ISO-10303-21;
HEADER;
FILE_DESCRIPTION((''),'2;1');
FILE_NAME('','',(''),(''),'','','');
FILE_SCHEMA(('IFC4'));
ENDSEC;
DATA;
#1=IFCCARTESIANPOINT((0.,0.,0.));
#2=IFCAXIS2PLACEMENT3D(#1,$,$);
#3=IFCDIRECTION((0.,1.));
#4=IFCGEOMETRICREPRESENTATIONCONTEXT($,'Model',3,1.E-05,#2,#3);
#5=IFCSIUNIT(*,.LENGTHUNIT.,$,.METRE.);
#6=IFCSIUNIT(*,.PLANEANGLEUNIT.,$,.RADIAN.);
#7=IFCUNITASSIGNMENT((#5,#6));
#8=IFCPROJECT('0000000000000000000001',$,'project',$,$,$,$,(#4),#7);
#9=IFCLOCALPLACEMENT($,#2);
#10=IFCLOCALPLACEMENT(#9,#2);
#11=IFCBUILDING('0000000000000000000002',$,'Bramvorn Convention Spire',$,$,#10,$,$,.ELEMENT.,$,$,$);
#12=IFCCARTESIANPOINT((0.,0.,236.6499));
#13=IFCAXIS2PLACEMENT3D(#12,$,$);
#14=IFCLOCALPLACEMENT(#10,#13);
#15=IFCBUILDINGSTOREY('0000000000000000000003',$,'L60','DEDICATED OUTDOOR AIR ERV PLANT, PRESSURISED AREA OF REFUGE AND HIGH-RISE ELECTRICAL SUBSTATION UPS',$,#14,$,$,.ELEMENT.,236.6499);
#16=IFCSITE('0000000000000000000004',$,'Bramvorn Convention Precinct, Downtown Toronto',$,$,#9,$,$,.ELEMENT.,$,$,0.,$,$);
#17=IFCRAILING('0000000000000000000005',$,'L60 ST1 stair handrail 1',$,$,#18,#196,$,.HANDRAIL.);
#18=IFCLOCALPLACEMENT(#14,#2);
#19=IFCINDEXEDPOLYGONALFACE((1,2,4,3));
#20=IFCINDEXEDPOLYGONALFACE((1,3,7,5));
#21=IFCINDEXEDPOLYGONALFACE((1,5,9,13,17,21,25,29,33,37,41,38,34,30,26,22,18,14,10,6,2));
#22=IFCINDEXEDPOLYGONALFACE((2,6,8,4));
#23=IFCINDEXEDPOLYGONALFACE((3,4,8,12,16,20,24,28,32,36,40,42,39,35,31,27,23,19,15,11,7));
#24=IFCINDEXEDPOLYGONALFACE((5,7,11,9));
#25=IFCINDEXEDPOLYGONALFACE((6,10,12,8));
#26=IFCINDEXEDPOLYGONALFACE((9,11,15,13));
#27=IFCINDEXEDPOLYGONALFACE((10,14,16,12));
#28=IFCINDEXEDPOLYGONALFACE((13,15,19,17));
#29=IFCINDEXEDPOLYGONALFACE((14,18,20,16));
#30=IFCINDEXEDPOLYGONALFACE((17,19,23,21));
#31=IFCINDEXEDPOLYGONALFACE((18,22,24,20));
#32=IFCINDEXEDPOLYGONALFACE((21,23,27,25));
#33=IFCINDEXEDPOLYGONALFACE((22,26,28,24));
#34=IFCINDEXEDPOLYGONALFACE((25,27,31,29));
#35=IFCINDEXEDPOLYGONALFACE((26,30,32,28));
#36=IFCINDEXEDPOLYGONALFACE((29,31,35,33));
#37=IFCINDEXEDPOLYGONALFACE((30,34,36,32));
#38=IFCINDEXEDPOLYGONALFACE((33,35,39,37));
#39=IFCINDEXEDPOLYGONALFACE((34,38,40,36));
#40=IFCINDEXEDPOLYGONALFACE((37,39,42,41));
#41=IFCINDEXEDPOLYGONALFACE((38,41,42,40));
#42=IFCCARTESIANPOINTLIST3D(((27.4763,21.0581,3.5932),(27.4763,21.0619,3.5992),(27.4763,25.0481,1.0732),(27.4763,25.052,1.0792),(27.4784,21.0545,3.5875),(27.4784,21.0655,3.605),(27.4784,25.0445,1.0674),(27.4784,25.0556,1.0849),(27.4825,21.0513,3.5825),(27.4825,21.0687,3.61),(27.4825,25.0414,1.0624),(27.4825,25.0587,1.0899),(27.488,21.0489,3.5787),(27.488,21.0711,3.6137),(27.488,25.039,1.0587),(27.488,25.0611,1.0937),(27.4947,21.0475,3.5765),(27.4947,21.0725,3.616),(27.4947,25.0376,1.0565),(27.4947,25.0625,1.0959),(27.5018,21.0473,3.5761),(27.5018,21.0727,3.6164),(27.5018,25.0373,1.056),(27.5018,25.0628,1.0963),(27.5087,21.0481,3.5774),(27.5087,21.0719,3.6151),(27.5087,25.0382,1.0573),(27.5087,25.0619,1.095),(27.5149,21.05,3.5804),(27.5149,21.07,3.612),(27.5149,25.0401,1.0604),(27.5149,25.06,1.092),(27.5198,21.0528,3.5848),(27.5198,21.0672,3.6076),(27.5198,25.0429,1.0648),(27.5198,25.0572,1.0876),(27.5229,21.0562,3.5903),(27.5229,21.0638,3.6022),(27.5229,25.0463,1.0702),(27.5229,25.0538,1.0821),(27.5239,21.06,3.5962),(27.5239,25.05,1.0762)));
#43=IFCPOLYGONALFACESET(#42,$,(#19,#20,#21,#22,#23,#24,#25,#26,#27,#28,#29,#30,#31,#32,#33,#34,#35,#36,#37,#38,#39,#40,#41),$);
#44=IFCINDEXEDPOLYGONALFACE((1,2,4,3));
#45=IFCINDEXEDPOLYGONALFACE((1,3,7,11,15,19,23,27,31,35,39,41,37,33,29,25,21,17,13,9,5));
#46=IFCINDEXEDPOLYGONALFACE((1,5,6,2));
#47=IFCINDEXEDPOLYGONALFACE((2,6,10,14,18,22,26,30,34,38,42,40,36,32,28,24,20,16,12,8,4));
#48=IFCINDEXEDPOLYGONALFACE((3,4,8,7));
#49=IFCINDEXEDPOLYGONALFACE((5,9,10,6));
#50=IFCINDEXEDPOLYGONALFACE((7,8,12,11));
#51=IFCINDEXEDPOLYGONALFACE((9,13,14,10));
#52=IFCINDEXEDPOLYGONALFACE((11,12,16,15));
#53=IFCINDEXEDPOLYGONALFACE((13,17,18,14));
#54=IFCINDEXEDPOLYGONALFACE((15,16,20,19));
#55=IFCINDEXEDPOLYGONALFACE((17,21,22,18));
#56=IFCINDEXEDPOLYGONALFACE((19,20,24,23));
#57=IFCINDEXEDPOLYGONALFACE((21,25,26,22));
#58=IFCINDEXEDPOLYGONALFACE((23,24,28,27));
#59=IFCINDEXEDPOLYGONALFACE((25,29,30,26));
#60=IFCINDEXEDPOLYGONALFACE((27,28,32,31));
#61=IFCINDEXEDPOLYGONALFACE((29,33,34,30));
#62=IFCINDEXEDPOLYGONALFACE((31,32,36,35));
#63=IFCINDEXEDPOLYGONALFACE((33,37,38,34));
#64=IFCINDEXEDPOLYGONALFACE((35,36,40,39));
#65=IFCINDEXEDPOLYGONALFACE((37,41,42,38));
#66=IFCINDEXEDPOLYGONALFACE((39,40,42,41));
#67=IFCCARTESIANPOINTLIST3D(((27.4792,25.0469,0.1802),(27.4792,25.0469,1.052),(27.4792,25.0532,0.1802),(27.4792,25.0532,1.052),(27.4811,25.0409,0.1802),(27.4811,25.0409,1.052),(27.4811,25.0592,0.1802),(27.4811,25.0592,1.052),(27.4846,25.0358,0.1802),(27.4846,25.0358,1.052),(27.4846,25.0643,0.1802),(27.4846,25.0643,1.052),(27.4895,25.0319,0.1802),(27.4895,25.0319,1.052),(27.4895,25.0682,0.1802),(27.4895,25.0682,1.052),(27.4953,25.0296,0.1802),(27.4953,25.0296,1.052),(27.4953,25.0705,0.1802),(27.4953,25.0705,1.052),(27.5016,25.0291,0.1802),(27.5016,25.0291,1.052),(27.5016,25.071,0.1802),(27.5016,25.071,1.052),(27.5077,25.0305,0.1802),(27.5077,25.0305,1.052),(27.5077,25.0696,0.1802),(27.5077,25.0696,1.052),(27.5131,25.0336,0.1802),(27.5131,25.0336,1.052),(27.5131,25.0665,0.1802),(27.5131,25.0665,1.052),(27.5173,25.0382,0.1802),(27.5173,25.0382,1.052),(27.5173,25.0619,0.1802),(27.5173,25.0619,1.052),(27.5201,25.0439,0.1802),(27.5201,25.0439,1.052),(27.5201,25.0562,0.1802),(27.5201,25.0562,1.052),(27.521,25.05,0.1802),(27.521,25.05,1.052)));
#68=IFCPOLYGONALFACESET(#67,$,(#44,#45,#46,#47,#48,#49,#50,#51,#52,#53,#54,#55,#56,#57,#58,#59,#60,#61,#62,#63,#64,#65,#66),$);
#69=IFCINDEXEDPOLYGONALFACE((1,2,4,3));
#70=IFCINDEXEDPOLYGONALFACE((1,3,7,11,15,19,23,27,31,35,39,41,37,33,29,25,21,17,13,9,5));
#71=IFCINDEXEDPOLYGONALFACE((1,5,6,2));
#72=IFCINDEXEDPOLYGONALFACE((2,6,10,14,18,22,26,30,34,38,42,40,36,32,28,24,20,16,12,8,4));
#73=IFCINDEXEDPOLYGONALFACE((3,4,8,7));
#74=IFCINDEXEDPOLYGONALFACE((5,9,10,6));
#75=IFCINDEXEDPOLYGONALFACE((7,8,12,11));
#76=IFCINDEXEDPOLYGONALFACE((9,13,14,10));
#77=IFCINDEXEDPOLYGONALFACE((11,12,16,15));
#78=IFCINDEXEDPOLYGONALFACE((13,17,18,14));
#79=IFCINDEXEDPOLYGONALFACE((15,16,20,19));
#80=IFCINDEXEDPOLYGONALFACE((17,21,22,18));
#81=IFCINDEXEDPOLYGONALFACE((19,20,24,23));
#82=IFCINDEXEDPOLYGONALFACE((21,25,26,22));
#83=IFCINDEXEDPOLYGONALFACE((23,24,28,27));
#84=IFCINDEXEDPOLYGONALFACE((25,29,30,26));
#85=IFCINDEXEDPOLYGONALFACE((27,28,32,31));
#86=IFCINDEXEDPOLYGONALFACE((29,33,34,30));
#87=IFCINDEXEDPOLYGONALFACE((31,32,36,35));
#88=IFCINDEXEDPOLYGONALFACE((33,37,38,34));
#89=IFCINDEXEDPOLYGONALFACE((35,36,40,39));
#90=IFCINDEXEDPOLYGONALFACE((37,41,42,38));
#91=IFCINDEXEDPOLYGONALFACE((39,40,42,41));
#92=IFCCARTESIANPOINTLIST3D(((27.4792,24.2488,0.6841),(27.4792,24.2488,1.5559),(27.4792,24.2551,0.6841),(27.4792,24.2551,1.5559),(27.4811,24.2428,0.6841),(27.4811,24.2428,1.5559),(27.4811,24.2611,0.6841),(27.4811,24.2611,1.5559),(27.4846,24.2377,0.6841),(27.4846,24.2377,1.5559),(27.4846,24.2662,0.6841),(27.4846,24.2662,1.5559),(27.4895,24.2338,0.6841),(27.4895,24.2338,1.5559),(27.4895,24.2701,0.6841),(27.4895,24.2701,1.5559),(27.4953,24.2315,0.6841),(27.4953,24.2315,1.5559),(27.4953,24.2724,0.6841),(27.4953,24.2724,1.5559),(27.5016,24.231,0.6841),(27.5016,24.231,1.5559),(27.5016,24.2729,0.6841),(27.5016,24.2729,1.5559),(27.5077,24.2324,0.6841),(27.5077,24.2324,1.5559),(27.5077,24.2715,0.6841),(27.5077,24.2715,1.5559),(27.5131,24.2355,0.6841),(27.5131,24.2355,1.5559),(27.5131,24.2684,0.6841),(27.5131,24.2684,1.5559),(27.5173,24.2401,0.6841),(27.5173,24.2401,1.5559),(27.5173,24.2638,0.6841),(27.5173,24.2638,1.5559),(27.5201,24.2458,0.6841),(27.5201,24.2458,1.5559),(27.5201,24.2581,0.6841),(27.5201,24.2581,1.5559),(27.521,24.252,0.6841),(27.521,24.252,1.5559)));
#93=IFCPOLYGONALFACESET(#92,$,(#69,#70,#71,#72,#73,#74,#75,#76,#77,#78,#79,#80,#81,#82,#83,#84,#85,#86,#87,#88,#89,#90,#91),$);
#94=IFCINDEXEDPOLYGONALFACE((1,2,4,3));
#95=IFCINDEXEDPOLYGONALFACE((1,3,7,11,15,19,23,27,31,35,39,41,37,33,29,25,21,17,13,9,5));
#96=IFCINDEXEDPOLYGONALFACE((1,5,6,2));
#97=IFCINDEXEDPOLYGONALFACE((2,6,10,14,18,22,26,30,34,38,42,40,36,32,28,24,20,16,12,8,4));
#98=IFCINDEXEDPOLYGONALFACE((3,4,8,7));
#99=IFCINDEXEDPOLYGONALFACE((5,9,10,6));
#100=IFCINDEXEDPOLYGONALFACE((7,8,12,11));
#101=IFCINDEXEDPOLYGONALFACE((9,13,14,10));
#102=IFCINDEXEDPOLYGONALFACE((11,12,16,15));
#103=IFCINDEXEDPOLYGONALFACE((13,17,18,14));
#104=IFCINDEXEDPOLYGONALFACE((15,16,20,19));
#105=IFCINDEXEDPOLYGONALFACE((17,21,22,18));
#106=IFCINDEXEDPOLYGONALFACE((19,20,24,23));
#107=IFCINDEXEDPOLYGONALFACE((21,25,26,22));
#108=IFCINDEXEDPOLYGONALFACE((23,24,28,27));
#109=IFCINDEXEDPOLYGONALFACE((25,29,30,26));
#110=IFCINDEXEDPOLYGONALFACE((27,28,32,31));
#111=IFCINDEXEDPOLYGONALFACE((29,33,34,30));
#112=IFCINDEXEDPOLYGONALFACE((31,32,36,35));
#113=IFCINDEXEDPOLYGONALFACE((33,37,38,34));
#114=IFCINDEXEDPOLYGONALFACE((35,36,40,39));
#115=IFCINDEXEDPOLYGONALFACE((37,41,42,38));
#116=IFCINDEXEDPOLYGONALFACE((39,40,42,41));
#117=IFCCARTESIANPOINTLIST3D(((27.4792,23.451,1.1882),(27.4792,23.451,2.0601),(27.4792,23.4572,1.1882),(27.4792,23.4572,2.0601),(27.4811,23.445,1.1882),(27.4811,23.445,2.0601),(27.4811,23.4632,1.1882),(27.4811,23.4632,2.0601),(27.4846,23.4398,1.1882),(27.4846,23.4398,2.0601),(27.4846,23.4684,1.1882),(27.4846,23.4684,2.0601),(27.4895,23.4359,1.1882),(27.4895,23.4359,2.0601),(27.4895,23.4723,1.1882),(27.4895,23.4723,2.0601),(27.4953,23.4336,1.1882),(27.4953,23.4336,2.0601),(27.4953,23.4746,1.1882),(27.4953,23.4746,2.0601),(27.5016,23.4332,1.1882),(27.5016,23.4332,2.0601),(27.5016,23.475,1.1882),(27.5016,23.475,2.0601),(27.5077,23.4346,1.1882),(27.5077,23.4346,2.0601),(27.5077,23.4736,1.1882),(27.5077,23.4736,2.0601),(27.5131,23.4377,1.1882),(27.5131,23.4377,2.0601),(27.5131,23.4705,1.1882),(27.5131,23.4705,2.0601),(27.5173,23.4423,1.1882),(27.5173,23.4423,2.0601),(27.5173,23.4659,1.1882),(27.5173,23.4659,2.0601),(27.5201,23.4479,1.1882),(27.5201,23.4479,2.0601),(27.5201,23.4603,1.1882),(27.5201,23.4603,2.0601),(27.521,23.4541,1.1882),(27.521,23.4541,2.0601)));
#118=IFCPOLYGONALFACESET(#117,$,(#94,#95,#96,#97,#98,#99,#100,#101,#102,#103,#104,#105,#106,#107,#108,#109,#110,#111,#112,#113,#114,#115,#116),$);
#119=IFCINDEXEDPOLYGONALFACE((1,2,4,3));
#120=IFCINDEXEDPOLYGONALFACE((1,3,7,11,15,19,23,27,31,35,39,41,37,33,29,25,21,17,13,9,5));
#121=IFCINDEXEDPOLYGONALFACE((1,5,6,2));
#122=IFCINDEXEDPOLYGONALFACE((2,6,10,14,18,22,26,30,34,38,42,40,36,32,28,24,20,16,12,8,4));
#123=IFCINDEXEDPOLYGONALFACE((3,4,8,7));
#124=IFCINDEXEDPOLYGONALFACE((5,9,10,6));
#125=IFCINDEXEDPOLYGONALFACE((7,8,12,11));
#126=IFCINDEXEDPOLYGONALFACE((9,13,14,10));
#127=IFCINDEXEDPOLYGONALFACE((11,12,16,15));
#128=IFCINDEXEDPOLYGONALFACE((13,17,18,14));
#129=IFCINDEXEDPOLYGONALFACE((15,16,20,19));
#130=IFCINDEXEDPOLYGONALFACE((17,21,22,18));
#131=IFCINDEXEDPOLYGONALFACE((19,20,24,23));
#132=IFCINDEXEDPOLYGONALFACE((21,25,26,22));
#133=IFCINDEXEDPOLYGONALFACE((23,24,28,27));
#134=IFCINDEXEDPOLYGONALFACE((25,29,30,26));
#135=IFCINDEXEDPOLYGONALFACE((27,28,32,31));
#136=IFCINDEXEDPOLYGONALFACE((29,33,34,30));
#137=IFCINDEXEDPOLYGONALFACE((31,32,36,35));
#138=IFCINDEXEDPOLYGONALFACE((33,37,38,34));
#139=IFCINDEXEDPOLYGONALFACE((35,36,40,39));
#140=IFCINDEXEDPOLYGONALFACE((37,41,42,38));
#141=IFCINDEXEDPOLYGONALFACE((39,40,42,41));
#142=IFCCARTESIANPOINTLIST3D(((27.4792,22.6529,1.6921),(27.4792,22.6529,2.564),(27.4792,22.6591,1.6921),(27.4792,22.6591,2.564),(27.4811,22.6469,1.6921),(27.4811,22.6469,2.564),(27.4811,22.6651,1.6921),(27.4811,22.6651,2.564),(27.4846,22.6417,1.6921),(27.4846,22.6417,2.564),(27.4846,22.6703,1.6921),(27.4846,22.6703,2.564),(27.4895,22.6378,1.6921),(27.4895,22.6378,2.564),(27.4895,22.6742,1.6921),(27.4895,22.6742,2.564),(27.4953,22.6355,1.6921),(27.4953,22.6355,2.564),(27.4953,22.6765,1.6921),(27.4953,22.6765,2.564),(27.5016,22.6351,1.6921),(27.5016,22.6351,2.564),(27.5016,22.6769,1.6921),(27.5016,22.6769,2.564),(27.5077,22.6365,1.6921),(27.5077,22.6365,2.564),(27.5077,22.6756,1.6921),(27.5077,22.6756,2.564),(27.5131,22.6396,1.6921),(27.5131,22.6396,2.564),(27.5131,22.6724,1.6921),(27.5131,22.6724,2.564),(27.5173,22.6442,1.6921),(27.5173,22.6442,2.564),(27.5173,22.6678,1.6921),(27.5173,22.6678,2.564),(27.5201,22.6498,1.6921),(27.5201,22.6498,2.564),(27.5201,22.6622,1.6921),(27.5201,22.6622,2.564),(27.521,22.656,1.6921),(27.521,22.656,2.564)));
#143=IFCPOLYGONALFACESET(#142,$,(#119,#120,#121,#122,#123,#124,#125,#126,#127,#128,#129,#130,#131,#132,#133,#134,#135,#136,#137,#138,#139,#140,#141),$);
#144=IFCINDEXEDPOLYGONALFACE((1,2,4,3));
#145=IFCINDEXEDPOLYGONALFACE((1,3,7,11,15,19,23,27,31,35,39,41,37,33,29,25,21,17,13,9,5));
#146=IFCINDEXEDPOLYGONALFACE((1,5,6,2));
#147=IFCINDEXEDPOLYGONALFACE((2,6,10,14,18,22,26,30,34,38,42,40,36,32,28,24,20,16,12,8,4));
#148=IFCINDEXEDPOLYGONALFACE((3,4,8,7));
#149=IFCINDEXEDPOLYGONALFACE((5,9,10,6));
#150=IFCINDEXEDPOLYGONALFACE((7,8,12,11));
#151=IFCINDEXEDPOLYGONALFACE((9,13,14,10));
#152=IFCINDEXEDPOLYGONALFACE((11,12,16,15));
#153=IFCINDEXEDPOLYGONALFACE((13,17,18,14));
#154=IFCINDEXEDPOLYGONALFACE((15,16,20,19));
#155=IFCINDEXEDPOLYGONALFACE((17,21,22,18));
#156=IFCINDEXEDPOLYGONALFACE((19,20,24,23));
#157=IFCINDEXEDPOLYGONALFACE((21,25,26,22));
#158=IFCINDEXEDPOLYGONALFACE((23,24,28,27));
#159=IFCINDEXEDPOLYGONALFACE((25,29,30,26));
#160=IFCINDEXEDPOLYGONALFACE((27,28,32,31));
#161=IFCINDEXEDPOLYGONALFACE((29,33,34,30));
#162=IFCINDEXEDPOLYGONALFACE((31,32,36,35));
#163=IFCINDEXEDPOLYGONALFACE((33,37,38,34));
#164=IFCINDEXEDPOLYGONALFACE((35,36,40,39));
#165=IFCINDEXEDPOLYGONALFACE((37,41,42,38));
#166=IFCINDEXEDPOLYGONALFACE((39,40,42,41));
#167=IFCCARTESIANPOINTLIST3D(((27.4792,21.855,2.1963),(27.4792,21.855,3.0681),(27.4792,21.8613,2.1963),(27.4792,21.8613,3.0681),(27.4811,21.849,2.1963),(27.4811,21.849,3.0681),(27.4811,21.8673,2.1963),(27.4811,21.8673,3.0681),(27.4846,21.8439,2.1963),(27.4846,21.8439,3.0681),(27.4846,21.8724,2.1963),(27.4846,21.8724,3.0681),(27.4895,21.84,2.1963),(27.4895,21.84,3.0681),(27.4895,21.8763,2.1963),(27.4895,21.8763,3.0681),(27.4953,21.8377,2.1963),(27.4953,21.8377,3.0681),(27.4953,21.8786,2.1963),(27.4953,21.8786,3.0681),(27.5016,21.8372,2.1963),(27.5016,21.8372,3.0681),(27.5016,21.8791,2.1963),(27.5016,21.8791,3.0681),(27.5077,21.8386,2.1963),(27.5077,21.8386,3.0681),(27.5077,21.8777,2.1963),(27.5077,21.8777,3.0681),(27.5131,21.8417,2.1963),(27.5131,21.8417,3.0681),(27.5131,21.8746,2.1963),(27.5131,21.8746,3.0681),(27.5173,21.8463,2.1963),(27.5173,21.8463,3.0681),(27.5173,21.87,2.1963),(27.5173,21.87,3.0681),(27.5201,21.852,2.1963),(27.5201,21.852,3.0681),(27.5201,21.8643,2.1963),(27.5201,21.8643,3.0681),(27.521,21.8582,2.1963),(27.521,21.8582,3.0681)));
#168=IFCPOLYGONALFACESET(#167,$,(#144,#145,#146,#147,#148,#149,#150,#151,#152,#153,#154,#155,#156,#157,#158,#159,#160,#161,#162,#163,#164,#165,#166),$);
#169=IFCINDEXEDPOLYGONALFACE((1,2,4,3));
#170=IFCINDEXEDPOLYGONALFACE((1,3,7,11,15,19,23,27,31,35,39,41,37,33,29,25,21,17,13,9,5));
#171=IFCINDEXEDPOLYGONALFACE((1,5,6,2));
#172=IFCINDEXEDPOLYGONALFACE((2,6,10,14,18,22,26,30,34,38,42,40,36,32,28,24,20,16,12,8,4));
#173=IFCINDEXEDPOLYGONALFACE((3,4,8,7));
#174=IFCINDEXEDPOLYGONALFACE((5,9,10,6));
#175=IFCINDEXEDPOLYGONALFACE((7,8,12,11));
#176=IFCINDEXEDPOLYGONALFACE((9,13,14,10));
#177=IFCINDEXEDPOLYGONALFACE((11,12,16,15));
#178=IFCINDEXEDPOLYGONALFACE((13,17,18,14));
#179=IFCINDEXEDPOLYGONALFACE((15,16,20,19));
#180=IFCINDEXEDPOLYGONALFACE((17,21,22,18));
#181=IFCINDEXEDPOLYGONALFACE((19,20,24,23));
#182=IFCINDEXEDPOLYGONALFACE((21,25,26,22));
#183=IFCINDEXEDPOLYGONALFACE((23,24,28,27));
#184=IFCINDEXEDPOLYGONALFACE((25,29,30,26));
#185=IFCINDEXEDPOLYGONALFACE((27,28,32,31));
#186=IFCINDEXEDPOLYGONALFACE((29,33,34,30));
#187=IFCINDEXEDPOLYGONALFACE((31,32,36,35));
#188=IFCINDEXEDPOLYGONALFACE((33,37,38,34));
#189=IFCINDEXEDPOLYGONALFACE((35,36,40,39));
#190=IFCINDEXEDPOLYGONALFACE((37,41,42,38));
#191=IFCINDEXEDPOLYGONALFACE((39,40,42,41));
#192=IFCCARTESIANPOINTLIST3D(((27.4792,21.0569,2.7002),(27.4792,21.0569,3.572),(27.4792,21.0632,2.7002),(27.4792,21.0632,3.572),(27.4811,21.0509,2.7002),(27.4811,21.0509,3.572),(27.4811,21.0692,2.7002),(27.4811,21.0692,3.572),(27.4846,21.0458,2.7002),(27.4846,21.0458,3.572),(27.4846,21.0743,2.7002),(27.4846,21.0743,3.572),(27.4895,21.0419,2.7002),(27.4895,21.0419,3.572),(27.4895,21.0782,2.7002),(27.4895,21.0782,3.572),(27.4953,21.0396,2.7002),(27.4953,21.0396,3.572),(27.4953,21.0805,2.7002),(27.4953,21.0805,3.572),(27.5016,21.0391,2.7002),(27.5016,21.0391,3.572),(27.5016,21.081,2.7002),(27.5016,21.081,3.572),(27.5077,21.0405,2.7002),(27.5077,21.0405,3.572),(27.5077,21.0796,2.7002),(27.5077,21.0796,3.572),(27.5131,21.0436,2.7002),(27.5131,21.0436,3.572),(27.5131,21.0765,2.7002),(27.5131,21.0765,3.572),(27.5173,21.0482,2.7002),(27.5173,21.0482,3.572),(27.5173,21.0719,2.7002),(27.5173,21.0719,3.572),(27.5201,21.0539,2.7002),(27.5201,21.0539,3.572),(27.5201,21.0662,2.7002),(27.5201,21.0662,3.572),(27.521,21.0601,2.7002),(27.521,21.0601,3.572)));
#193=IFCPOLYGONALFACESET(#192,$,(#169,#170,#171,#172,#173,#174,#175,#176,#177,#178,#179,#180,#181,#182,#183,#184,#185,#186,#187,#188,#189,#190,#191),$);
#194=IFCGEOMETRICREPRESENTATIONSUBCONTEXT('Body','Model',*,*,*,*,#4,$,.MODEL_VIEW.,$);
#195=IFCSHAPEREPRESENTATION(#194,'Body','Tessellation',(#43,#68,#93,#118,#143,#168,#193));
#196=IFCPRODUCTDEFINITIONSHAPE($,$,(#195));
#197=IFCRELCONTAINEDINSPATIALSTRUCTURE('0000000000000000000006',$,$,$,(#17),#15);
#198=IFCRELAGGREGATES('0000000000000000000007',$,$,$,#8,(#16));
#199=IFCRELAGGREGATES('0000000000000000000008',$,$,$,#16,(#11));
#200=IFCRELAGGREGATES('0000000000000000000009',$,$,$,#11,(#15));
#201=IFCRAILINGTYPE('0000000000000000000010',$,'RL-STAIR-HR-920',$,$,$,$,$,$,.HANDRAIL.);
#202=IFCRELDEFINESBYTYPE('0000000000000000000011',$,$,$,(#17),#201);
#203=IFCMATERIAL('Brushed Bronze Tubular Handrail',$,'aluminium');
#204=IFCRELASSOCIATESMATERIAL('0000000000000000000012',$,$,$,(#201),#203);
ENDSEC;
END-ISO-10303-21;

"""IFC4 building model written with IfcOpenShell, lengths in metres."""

from ifc_helpers import new_model, si_unit, direction, frame, origin, origin_2d, place, context, subcontext, project, spatial, circle, extrude, material, type_object, element, save


model = new_model("IFC4")

# Units and contexts
model_context = context("Model", 3, precision=1e-05, world=origin(), true_north=direction((0.0, 1.0)))
body_context = subcontext(model_context, "Body", "Model", "MODEL_VIEW")
ifc_project = project(units=[si_unit("LENGTHUNIT", "METRE"), si_unit("PLANEANGLEUNIT", "RADIAN")], contexts=[model_context])

# Site, building, storey
site_placement = place(None, origin())
site = spatial("IfcSite", under=ifc_project, at=site_placement, Name="Bramvorn Convention Precinct, Downtown Toronto", CompositionType="ELEMENT", RefElevation=0.0)
building_placement = place(site_placement, origin())
building = spatial("IfcBuilding", under=site, at=building_placement, Name="Bramvorn Convention Spire", CompositionType="ELEMENT")
storey_placement = place(building_placement, frame((0.0, 0.0, 236.6499)))
storey = spatial("IfcBuildingStorey", under=building, at=storey_placement, Name="L60", Description="DEDICATED OUTDOOR AIR ERV PLANT, PRESSURISED AREA OF REFUGE AND HIGH-RISE ELECTRICAL SUBSTATION UPS", CompositionType="ELEMENT", Elevation=236.6499)

# Railing
ifc_material_1 = material(Name="Brushed Bronze Tubular Handrail", Category="aluminium")
railing_type_1 = type_object("IfcRailingType", Name="RL-STAIR-HR-920", PredefinedType="HANDRAIL", material=ifc_material_1)
railing_1_placement = place(storey_placement, frame((27.5, 25.05, 0.1802)))
element("IfcRailing", 1, at=railing_1_placement, inside=storey, type_object=railing_type_1, Name="L60 ST1 stair handrail 1", PredefinedType="HANDRAIL", context=body_context, shape_type="SweptSolid", body=[
    extrude(circle(Radius=0.0239, at=origin_2d()), frame((0.0, 0.0, 0.896), z_axis=(0.0, -0.845486, 0.533997), x_axis=(1.0, 0.0, 0.0)), (0.0, 0.0, 1.0), 4.7192),
    extrude(circle(Radius=0.021, at=origin_2d()), origin(), (0.0, 0.0, 1.0), 0.8718),
    extrude(circle(Radius=0.021, at=origin_2d()), frame((0.0, -0.7981, 0.5039)), (0.0, 0.0, 1.0), 0.8718),
    extrude(circle(Radius=0.021, at=origin_2d()), frame((0.0, -1.5959, 1.0081)), (0.0, 0.0, 1.0), 0.8718),
    extrude(circle(Radius=0.021, at=origin_2d()), frame((0.0, -2.394, 1.512)), (0.0, 0.0, 1.0), 0.8718),
    extrude(circle(Radius=0.021, at=origin_2d()), frame((0.0, -3.1919, 2.0161)), (0.0, 0.0, 1.0), 0.8718),
    extrude(circle(Radius=0.021, at=origin_2d()), frame((0.0, -3.99, 2.52)), (0.0, 0.0, 1.0), 0.8718),
])

save(model, "model.ifc")
